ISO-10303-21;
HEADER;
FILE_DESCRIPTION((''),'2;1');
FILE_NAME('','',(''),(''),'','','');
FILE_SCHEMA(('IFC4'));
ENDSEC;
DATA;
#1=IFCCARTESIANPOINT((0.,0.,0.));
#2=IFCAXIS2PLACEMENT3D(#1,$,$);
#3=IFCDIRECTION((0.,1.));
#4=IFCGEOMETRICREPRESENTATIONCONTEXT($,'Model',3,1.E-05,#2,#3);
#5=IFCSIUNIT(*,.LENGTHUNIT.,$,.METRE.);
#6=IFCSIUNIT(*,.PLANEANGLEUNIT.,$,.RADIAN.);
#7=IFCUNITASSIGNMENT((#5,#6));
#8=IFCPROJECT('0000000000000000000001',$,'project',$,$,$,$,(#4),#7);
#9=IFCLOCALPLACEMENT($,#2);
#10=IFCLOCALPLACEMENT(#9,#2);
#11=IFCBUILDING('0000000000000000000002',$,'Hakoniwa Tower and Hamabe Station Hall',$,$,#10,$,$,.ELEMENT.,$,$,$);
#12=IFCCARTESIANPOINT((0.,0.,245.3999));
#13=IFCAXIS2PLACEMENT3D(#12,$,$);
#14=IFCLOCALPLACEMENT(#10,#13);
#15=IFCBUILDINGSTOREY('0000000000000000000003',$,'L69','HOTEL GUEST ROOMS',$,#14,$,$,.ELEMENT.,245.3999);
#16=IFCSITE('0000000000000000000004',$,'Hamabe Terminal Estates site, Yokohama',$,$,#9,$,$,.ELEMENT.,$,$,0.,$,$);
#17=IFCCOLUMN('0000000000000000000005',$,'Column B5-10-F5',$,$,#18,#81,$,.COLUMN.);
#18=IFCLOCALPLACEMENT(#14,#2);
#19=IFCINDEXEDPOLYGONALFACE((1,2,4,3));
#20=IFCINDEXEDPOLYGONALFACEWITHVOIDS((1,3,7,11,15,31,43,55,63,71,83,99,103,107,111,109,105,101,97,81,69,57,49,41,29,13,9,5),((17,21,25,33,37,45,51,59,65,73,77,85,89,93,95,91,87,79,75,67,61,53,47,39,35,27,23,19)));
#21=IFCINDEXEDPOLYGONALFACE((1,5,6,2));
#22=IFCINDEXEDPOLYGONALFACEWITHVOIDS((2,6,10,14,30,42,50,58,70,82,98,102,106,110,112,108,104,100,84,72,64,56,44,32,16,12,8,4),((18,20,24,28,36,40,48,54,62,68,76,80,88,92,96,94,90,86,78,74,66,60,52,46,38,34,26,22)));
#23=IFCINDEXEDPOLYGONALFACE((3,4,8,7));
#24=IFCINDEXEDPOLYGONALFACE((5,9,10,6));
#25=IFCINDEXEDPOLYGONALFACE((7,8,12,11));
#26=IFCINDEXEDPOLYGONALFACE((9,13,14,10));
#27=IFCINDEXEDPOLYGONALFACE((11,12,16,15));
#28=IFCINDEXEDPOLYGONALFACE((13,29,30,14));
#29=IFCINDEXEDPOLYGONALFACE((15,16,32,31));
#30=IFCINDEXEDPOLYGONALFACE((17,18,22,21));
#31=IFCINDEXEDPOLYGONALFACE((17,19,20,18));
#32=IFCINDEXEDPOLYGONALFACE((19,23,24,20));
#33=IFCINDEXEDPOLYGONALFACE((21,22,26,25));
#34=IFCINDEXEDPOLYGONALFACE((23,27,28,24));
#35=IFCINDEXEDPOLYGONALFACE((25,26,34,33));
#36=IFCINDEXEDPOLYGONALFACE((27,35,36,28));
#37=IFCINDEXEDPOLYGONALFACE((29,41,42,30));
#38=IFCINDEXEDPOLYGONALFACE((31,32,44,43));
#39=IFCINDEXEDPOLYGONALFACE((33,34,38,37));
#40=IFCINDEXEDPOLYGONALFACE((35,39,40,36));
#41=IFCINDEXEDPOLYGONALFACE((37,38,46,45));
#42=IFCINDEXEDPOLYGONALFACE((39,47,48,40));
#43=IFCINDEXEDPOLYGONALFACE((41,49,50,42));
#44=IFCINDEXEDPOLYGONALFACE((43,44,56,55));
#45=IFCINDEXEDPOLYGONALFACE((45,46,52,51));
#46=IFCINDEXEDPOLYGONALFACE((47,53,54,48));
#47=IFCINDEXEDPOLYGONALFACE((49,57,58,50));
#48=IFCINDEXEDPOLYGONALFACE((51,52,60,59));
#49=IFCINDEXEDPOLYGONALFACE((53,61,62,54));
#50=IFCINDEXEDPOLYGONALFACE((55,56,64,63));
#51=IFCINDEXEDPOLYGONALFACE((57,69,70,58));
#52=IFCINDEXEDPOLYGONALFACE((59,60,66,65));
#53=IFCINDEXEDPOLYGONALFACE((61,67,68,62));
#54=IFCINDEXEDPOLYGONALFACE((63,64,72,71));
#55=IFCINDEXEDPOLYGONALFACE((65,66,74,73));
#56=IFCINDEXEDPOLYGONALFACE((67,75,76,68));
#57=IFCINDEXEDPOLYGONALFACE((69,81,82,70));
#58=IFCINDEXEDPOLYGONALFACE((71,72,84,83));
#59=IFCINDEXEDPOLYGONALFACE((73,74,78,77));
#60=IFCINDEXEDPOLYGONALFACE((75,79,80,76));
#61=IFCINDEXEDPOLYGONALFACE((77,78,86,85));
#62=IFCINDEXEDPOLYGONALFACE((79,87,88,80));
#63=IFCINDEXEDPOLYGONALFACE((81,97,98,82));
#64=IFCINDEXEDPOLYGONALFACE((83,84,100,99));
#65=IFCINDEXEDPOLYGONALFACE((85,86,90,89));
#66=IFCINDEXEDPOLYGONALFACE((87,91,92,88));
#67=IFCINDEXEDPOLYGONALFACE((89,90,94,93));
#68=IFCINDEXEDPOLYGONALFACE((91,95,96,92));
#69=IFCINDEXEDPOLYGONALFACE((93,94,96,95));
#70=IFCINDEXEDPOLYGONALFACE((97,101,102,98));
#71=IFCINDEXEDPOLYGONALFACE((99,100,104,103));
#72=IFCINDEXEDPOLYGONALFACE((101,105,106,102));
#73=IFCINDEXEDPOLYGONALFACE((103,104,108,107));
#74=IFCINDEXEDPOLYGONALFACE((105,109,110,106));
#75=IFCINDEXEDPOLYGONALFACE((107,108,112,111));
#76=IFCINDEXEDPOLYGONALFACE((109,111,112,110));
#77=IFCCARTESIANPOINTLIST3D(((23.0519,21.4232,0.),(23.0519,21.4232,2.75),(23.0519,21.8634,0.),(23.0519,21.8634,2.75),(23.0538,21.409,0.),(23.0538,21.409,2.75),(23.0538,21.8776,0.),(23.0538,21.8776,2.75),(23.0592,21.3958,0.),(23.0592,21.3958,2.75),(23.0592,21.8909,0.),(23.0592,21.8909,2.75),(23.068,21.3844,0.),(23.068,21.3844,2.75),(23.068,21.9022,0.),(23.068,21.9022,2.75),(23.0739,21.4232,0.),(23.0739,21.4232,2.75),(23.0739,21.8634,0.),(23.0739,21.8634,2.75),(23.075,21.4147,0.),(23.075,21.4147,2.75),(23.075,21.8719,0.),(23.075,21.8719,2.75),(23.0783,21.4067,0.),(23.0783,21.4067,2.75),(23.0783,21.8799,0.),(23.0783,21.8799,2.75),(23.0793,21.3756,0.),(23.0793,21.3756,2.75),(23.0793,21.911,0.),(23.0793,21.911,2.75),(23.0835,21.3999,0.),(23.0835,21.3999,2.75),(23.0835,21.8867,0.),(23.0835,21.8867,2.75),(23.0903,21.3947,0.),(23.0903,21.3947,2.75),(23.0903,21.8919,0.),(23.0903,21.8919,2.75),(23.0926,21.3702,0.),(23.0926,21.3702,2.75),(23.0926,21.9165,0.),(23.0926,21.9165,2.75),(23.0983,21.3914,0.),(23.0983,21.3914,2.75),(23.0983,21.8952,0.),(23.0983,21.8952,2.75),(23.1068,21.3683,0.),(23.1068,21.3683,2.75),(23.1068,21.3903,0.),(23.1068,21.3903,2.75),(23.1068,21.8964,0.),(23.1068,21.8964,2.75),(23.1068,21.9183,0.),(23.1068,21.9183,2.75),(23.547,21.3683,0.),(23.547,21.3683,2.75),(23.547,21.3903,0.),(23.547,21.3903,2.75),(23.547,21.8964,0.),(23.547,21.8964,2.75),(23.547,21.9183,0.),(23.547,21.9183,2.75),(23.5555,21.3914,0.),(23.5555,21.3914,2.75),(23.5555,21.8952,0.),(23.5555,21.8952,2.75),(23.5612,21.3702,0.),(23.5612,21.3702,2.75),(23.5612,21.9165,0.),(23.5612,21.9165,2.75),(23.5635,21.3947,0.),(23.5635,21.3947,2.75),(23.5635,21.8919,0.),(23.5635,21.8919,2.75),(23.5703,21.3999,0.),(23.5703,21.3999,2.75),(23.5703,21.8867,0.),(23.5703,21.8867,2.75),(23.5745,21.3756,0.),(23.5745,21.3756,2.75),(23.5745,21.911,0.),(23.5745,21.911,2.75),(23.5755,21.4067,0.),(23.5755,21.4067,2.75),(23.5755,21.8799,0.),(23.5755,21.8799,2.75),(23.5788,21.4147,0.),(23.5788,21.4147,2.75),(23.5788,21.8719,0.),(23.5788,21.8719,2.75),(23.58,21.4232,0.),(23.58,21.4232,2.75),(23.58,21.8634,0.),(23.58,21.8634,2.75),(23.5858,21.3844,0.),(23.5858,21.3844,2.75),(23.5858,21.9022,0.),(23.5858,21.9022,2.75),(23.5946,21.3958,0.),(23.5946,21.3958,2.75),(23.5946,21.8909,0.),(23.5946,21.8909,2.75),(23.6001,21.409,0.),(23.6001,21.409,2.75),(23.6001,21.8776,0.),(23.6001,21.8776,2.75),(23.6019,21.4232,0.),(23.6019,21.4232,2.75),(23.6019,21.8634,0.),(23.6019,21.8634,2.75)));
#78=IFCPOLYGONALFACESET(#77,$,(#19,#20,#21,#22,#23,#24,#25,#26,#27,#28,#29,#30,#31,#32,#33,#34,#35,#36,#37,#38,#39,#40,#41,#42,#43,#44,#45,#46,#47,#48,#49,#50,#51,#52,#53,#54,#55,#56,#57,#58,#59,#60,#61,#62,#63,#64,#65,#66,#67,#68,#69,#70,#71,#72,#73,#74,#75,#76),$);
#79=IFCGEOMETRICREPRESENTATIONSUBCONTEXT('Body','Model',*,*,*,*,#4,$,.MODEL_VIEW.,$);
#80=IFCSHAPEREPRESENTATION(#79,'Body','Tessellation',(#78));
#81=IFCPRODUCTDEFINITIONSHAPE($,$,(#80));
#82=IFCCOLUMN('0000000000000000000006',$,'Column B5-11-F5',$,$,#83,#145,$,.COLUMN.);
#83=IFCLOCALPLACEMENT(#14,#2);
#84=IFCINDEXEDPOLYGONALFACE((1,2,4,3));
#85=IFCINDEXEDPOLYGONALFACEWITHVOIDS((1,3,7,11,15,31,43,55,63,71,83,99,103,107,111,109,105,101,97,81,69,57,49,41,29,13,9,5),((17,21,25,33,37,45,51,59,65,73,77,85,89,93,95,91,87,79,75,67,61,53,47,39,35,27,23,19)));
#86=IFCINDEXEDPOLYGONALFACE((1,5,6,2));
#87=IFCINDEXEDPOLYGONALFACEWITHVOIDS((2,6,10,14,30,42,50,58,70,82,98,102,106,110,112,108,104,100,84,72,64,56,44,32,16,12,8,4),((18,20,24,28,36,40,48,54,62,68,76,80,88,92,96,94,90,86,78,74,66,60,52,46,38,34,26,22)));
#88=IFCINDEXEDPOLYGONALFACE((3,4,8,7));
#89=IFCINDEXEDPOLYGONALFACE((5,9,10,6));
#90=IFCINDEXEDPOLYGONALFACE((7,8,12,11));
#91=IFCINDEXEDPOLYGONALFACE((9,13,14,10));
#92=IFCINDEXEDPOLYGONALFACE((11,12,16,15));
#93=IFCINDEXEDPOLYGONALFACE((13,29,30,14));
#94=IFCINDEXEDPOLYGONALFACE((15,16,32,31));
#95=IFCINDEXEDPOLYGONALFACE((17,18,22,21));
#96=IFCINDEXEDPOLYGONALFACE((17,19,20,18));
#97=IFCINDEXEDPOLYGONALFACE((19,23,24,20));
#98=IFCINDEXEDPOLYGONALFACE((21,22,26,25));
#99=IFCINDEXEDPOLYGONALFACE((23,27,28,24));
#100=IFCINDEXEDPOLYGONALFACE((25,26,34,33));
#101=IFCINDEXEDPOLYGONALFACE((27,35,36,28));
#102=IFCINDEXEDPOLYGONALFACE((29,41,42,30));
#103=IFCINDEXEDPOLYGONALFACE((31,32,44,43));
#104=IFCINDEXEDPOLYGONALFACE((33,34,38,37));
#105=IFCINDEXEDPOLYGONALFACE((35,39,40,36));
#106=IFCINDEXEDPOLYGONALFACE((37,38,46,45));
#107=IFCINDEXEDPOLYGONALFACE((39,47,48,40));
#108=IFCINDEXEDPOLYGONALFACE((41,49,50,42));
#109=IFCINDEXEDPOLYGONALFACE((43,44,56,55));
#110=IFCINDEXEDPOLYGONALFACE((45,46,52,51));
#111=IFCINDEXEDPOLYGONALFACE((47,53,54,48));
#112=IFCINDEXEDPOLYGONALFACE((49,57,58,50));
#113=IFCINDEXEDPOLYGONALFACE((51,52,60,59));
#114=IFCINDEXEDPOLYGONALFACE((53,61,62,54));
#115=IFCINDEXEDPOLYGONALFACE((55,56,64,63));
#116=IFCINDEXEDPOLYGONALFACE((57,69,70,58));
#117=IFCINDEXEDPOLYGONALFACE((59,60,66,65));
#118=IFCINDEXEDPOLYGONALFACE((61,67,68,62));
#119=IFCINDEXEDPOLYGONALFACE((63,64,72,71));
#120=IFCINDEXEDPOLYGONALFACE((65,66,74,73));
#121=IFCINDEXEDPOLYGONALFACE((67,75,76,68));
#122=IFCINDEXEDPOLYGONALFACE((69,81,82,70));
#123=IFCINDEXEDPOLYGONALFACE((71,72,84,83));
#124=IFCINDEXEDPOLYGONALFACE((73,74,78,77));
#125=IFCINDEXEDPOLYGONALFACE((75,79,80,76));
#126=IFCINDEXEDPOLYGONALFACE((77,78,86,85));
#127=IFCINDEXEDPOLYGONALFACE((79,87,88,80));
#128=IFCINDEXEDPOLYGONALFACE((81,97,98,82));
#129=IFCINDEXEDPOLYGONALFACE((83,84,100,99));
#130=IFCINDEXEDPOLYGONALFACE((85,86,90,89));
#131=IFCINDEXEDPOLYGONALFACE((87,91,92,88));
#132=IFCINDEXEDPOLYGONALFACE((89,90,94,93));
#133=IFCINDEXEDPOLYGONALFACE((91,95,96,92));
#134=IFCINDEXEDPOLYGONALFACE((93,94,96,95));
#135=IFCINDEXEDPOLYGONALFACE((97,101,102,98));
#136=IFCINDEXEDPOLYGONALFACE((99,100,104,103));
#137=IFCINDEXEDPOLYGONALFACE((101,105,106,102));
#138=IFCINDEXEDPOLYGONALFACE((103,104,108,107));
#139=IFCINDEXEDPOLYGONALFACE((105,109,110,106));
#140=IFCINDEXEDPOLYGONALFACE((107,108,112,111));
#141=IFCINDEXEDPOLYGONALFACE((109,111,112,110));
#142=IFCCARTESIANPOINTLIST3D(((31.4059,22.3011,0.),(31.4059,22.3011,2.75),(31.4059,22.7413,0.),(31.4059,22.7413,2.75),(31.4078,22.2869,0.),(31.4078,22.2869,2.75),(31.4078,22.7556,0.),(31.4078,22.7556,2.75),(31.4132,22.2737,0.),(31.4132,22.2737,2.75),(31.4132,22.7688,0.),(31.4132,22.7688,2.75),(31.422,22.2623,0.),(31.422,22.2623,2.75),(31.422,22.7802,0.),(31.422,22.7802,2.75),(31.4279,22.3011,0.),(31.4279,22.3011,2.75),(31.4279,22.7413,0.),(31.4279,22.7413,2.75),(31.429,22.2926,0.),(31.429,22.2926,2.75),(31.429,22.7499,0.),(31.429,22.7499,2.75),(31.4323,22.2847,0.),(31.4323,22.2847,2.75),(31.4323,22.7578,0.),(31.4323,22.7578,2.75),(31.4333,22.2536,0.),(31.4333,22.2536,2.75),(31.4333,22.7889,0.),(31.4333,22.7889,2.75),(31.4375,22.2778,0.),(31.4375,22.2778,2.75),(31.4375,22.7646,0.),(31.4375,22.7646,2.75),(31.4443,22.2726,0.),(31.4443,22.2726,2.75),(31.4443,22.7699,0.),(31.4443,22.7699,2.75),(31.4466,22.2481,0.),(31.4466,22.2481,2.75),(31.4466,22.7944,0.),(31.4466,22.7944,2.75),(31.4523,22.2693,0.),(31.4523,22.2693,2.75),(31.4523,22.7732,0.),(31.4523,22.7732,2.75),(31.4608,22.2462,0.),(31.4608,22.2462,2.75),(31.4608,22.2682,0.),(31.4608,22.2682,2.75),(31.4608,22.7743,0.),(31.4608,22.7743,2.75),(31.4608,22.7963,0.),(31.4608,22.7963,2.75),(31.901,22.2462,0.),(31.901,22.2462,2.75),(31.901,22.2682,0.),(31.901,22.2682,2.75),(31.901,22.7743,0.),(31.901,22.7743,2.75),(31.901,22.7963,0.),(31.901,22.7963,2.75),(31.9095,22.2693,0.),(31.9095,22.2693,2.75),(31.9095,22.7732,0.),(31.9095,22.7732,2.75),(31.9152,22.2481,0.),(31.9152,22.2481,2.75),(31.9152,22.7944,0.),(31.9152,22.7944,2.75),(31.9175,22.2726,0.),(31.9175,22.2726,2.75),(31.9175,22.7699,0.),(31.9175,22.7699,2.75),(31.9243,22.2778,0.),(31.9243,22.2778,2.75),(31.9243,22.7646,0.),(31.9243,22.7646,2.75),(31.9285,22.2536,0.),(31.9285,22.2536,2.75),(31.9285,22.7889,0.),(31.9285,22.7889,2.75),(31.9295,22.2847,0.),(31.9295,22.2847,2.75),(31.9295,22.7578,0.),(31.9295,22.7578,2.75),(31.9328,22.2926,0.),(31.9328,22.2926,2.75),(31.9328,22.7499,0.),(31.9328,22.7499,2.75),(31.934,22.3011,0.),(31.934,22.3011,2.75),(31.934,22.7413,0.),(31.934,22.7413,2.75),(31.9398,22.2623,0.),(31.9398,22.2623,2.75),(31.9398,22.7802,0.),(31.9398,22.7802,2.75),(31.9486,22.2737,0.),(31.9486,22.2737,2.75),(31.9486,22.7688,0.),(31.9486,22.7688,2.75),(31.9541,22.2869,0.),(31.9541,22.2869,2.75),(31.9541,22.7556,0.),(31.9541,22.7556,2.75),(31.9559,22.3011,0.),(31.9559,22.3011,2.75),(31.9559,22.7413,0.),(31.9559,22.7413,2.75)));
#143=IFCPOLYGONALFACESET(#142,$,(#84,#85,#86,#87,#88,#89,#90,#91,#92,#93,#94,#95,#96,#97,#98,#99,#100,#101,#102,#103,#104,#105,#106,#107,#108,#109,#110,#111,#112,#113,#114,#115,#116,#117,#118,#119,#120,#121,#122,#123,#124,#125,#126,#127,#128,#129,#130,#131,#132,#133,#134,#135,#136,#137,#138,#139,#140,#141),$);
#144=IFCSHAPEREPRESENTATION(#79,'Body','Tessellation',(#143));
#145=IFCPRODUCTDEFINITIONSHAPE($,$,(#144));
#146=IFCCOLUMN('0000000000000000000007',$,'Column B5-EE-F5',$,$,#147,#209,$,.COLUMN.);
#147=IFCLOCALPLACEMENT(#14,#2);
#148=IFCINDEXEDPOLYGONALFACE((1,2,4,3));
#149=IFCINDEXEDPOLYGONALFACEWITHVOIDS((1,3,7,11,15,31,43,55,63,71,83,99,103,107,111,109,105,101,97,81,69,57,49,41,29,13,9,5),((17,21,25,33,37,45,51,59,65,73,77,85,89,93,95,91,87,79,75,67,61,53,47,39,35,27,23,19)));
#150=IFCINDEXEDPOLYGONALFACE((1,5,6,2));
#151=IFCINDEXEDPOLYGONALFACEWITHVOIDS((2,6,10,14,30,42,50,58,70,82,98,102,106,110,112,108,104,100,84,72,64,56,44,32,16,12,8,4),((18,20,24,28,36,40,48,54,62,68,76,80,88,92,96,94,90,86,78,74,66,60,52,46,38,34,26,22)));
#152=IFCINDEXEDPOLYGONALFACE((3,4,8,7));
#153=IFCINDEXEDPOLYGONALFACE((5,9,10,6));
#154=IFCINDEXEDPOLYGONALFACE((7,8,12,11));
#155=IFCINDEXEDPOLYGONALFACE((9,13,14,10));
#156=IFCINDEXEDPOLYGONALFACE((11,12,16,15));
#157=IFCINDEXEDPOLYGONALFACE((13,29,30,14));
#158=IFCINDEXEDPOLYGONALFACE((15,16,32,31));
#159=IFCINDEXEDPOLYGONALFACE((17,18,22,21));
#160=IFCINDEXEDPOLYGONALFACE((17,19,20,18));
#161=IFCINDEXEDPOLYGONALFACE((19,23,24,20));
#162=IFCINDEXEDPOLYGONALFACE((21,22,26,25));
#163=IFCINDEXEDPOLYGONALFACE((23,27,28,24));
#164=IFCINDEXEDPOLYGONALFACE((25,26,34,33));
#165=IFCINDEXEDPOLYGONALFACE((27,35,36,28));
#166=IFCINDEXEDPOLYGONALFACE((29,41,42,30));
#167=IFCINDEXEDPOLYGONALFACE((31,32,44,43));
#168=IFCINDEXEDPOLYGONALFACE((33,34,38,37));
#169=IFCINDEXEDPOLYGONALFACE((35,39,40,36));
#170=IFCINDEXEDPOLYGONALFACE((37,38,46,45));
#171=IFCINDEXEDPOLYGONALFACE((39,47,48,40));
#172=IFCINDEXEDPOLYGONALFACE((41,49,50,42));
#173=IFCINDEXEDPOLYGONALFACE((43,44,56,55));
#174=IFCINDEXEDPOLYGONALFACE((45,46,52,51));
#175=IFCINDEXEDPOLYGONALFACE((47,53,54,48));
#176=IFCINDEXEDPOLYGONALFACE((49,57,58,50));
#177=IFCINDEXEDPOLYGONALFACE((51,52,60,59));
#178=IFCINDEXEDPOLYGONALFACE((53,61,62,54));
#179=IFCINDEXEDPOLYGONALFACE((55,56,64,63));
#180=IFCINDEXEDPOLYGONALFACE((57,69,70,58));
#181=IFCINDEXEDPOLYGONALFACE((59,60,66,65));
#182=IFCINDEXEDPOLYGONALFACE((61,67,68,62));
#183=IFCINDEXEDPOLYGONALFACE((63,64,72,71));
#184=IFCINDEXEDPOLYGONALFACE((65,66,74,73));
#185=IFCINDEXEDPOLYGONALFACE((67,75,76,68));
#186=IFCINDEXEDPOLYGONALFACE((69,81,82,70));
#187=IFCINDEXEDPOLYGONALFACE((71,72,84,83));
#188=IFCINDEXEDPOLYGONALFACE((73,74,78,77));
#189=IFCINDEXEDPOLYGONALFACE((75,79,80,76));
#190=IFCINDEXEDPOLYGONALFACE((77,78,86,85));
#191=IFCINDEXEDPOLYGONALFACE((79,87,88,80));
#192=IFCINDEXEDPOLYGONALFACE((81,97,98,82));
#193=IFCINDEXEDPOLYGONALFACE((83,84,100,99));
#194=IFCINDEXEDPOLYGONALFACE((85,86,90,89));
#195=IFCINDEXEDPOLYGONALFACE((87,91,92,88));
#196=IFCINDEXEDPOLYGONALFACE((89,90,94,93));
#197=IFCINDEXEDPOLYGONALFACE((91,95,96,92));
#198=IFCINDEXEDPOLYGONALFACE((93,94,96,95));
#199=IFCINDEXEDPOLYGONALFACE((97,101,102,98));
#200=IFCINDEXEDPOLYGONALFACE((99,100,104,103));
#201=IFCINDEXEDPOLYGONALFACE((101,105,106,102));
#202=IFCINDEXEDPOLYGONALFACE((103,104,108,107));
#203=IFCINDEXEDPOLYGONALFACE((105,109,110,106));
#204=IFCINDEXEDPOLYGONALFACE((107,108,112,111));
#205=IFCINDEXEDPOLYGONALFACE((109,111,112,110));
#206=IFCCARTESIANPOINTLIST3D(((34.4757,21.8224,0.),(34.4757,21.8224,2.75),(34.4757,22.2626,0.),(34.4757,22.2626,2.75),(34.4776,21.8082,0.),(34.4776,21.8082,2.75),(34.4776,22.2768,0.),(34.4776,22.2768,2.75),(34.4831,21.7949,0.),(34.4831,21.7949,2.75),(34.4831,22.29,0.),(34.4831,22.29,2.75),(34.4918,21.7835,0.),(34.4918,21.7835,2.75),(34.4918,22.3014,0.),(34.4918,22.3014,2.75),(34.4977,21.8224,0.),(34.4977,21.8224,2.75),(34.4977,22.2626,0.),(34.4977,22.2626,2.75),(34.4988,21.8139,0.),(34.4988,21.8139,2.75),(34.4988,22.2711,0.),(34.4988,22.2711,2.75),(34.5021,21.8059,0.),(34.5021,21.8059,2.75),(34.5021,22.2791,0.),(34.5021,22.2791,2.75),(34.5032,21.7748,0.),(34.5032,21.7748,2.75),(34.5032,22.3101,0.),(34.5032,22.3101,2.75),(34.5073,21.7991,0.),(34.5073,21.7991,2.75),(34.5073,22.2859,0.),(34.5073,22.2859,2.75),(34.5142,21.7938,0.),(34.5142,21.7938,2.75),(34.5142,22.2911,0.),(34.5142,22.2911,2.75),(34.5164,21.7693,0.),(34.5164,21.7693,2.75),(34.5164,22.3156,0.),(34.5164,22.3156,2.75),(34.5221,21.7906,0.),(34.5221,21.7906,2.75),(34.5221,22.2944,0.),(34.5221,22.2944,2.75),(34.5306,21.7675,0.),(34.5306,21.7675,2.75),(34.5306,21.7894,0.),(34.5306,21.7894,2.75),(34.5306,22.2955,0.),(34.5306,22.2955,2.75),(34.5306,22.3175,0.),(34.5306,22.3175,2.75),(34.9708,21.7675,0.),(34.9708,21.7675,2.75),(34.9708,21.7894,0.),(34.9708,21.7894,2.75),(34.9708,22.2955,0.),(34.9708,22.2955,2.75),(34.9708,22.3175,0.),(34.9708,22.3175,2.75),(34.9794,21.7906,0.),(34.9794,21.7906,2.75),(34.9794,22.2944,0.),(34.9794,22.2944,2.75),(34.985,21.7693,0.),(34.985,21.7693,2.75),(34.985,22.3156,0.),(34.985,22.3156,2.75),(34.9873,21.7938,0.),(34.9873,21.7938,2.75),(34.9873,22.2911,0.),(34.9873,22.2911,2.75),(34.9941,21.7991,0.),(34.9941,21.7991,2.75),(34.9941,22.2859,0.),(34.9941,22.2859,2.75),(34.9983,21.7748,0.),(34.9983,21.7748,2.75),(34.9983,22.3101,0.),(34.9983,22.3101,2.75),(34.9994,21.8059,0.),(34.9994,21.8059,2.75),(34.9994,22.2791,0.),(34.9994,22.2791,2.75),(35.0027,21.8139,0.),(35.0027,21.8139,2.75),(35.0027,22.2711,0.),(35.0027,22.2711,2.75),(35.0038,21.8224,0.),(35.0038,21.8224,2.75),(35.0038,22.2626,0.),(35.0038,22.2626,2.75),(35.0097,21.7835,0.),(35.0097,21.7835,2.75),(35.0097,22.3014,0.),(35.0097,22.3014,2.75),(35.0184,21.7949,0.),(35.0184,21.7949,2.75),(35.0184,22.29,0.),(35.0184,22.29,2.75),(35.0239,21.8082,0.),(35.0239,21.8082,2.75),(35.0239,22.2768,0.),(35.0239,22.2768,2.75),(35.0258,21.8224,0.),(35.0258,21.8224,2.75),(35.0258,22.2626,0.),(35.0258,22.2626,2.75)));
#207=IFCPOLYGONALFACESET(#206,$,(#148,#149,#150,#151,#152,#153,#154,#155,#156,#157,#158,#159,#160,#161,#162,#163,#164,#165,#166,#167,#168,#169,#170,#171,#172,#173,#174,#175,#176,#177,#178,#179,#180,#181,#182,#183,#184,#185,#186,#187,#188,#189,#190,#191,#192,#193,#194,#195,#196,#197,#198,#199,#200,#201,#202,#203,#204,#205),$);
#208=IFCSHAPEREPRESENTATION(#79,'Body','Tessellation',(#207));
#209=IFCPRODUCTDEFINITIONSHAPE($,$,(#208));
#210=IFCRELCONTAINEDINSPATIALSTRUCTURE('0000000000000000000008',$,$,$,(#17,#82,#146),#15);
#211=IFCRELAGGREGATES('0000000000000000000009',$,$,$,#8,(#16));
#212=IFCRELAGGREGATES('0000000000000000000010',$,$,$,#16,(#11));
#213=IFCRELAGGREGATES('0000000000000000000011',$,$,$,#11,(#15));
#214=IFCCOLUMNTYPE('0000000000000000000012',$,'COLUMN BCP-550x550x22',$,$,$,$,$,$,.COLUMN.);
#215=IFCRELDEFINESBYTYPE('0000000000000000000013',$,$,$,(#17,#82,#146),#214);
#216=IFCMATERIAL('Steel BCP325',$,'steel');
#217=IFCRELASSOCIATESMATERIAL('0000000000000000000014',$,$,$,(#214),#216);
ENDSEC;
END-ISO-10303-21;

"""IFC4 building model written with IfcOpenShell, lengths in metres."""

from ifc_helpers import new_model, si_unit, direction, frame, origin, origin_2d, place, context, subcontext, project, spatial, hollow_rectangle, extrude, material, material_profile, profile_set, type_object, element, save


model = new_model("IFC4")

# Units and contexts
model_context = context("Model", 3, precision=1e-05, world=origin(), true_north=direction((0.0, 1.0)))
body_context = subcontext(model_context, "Body", "Model", "MODEL_VIEW")
ifc_project = project(units=[si_unit("LENGTHUNIT", "METRE"), si_unit("PLANEANGLEUNIT", "RADIAN")], contexts=[model_context])

# Site, building, storey
site_placement = place(None, origin())
site = spatial("IfcSite", under=ifc_project, at=site_placement, Name="Hamabe Terminal Estates site, Yokohama", CompositionType="ELEMENT", RefElevation=0.0)
building_placement = place(site_placement, origin())
building = spatial("IfcBuilding", under=site, at=building_placement, Name="Hakoniwa Tower and Hamabe Station Hall", CompositionType="ELEMENT")
storey_placement = place(building_placement, frame((0.0, 0.0, 245.3999)))
storey = spatial("IfcBuildingStorey", under=building, at=storey_placement, Name="L69", Description="HOTEL GUEST ROOMS", CompositionType="ELEMENT", Elevation=245.3999)

# Columns
ifc_material_1 = material(Name="Steel BCP325", Category="steel")
ifc_material_profile_1 = material_profile(ifc_material_1, hollow_rectangle(XDim=0.55, YDim=0.55, WallThickness=0.022, InnerFilletRadius=0.033, OuterFilletRadius=0.0549, at=origin_2d()), Name="BCP-550x550x22")
ifc_profile_set_1 = profile_set([ifc_material_profile_1], Name="Steel BCP325")
column_type = type_object("IfcColumnType", Name="COLUMN BCP-550x550x22", PredefinedType="COLUMN", material=ifc_profile_set_1)
for number, where, z_axis, x_axis, name in (
    (1, (23.3269, 21.6433, 0.0), (0.0, 0.0, 1.0), (1.0, 0.0, 0.0), "Column B5-10-F5"),
    (2, (31.6809, 22.5212, 0.0), (0.0, 0.0, 1.0), (1.0, 0.0, 0.0), "Column B5-11-F5"),
    (3, (34.7507, 22.0425, 0.0), (0.0, 0.0, 1.0), (1.0, 0.0, 0.0), "Column B5-EE-F5"),
):
    element("IfcColumn", number, at=place(storey_placement, frame(where, z_axis=z_axis, x_axis=x_axis)), inside=storey, type_object=column_type, Name=name, PredefinedType="COLUMN", context=body_context, shape_type="SweptSolid", body=[
        extrude(hollow_rectangle(XDim=0.55, YDim=0.55, WallThickness=0.022, InnerFilletRadius=0.033, OuterFilletRadius=0.0549, at=origin_2d()), origin(), (0.0, 0.0, 1.0), 2.75),
    ])

save(model, "model.ifc")
